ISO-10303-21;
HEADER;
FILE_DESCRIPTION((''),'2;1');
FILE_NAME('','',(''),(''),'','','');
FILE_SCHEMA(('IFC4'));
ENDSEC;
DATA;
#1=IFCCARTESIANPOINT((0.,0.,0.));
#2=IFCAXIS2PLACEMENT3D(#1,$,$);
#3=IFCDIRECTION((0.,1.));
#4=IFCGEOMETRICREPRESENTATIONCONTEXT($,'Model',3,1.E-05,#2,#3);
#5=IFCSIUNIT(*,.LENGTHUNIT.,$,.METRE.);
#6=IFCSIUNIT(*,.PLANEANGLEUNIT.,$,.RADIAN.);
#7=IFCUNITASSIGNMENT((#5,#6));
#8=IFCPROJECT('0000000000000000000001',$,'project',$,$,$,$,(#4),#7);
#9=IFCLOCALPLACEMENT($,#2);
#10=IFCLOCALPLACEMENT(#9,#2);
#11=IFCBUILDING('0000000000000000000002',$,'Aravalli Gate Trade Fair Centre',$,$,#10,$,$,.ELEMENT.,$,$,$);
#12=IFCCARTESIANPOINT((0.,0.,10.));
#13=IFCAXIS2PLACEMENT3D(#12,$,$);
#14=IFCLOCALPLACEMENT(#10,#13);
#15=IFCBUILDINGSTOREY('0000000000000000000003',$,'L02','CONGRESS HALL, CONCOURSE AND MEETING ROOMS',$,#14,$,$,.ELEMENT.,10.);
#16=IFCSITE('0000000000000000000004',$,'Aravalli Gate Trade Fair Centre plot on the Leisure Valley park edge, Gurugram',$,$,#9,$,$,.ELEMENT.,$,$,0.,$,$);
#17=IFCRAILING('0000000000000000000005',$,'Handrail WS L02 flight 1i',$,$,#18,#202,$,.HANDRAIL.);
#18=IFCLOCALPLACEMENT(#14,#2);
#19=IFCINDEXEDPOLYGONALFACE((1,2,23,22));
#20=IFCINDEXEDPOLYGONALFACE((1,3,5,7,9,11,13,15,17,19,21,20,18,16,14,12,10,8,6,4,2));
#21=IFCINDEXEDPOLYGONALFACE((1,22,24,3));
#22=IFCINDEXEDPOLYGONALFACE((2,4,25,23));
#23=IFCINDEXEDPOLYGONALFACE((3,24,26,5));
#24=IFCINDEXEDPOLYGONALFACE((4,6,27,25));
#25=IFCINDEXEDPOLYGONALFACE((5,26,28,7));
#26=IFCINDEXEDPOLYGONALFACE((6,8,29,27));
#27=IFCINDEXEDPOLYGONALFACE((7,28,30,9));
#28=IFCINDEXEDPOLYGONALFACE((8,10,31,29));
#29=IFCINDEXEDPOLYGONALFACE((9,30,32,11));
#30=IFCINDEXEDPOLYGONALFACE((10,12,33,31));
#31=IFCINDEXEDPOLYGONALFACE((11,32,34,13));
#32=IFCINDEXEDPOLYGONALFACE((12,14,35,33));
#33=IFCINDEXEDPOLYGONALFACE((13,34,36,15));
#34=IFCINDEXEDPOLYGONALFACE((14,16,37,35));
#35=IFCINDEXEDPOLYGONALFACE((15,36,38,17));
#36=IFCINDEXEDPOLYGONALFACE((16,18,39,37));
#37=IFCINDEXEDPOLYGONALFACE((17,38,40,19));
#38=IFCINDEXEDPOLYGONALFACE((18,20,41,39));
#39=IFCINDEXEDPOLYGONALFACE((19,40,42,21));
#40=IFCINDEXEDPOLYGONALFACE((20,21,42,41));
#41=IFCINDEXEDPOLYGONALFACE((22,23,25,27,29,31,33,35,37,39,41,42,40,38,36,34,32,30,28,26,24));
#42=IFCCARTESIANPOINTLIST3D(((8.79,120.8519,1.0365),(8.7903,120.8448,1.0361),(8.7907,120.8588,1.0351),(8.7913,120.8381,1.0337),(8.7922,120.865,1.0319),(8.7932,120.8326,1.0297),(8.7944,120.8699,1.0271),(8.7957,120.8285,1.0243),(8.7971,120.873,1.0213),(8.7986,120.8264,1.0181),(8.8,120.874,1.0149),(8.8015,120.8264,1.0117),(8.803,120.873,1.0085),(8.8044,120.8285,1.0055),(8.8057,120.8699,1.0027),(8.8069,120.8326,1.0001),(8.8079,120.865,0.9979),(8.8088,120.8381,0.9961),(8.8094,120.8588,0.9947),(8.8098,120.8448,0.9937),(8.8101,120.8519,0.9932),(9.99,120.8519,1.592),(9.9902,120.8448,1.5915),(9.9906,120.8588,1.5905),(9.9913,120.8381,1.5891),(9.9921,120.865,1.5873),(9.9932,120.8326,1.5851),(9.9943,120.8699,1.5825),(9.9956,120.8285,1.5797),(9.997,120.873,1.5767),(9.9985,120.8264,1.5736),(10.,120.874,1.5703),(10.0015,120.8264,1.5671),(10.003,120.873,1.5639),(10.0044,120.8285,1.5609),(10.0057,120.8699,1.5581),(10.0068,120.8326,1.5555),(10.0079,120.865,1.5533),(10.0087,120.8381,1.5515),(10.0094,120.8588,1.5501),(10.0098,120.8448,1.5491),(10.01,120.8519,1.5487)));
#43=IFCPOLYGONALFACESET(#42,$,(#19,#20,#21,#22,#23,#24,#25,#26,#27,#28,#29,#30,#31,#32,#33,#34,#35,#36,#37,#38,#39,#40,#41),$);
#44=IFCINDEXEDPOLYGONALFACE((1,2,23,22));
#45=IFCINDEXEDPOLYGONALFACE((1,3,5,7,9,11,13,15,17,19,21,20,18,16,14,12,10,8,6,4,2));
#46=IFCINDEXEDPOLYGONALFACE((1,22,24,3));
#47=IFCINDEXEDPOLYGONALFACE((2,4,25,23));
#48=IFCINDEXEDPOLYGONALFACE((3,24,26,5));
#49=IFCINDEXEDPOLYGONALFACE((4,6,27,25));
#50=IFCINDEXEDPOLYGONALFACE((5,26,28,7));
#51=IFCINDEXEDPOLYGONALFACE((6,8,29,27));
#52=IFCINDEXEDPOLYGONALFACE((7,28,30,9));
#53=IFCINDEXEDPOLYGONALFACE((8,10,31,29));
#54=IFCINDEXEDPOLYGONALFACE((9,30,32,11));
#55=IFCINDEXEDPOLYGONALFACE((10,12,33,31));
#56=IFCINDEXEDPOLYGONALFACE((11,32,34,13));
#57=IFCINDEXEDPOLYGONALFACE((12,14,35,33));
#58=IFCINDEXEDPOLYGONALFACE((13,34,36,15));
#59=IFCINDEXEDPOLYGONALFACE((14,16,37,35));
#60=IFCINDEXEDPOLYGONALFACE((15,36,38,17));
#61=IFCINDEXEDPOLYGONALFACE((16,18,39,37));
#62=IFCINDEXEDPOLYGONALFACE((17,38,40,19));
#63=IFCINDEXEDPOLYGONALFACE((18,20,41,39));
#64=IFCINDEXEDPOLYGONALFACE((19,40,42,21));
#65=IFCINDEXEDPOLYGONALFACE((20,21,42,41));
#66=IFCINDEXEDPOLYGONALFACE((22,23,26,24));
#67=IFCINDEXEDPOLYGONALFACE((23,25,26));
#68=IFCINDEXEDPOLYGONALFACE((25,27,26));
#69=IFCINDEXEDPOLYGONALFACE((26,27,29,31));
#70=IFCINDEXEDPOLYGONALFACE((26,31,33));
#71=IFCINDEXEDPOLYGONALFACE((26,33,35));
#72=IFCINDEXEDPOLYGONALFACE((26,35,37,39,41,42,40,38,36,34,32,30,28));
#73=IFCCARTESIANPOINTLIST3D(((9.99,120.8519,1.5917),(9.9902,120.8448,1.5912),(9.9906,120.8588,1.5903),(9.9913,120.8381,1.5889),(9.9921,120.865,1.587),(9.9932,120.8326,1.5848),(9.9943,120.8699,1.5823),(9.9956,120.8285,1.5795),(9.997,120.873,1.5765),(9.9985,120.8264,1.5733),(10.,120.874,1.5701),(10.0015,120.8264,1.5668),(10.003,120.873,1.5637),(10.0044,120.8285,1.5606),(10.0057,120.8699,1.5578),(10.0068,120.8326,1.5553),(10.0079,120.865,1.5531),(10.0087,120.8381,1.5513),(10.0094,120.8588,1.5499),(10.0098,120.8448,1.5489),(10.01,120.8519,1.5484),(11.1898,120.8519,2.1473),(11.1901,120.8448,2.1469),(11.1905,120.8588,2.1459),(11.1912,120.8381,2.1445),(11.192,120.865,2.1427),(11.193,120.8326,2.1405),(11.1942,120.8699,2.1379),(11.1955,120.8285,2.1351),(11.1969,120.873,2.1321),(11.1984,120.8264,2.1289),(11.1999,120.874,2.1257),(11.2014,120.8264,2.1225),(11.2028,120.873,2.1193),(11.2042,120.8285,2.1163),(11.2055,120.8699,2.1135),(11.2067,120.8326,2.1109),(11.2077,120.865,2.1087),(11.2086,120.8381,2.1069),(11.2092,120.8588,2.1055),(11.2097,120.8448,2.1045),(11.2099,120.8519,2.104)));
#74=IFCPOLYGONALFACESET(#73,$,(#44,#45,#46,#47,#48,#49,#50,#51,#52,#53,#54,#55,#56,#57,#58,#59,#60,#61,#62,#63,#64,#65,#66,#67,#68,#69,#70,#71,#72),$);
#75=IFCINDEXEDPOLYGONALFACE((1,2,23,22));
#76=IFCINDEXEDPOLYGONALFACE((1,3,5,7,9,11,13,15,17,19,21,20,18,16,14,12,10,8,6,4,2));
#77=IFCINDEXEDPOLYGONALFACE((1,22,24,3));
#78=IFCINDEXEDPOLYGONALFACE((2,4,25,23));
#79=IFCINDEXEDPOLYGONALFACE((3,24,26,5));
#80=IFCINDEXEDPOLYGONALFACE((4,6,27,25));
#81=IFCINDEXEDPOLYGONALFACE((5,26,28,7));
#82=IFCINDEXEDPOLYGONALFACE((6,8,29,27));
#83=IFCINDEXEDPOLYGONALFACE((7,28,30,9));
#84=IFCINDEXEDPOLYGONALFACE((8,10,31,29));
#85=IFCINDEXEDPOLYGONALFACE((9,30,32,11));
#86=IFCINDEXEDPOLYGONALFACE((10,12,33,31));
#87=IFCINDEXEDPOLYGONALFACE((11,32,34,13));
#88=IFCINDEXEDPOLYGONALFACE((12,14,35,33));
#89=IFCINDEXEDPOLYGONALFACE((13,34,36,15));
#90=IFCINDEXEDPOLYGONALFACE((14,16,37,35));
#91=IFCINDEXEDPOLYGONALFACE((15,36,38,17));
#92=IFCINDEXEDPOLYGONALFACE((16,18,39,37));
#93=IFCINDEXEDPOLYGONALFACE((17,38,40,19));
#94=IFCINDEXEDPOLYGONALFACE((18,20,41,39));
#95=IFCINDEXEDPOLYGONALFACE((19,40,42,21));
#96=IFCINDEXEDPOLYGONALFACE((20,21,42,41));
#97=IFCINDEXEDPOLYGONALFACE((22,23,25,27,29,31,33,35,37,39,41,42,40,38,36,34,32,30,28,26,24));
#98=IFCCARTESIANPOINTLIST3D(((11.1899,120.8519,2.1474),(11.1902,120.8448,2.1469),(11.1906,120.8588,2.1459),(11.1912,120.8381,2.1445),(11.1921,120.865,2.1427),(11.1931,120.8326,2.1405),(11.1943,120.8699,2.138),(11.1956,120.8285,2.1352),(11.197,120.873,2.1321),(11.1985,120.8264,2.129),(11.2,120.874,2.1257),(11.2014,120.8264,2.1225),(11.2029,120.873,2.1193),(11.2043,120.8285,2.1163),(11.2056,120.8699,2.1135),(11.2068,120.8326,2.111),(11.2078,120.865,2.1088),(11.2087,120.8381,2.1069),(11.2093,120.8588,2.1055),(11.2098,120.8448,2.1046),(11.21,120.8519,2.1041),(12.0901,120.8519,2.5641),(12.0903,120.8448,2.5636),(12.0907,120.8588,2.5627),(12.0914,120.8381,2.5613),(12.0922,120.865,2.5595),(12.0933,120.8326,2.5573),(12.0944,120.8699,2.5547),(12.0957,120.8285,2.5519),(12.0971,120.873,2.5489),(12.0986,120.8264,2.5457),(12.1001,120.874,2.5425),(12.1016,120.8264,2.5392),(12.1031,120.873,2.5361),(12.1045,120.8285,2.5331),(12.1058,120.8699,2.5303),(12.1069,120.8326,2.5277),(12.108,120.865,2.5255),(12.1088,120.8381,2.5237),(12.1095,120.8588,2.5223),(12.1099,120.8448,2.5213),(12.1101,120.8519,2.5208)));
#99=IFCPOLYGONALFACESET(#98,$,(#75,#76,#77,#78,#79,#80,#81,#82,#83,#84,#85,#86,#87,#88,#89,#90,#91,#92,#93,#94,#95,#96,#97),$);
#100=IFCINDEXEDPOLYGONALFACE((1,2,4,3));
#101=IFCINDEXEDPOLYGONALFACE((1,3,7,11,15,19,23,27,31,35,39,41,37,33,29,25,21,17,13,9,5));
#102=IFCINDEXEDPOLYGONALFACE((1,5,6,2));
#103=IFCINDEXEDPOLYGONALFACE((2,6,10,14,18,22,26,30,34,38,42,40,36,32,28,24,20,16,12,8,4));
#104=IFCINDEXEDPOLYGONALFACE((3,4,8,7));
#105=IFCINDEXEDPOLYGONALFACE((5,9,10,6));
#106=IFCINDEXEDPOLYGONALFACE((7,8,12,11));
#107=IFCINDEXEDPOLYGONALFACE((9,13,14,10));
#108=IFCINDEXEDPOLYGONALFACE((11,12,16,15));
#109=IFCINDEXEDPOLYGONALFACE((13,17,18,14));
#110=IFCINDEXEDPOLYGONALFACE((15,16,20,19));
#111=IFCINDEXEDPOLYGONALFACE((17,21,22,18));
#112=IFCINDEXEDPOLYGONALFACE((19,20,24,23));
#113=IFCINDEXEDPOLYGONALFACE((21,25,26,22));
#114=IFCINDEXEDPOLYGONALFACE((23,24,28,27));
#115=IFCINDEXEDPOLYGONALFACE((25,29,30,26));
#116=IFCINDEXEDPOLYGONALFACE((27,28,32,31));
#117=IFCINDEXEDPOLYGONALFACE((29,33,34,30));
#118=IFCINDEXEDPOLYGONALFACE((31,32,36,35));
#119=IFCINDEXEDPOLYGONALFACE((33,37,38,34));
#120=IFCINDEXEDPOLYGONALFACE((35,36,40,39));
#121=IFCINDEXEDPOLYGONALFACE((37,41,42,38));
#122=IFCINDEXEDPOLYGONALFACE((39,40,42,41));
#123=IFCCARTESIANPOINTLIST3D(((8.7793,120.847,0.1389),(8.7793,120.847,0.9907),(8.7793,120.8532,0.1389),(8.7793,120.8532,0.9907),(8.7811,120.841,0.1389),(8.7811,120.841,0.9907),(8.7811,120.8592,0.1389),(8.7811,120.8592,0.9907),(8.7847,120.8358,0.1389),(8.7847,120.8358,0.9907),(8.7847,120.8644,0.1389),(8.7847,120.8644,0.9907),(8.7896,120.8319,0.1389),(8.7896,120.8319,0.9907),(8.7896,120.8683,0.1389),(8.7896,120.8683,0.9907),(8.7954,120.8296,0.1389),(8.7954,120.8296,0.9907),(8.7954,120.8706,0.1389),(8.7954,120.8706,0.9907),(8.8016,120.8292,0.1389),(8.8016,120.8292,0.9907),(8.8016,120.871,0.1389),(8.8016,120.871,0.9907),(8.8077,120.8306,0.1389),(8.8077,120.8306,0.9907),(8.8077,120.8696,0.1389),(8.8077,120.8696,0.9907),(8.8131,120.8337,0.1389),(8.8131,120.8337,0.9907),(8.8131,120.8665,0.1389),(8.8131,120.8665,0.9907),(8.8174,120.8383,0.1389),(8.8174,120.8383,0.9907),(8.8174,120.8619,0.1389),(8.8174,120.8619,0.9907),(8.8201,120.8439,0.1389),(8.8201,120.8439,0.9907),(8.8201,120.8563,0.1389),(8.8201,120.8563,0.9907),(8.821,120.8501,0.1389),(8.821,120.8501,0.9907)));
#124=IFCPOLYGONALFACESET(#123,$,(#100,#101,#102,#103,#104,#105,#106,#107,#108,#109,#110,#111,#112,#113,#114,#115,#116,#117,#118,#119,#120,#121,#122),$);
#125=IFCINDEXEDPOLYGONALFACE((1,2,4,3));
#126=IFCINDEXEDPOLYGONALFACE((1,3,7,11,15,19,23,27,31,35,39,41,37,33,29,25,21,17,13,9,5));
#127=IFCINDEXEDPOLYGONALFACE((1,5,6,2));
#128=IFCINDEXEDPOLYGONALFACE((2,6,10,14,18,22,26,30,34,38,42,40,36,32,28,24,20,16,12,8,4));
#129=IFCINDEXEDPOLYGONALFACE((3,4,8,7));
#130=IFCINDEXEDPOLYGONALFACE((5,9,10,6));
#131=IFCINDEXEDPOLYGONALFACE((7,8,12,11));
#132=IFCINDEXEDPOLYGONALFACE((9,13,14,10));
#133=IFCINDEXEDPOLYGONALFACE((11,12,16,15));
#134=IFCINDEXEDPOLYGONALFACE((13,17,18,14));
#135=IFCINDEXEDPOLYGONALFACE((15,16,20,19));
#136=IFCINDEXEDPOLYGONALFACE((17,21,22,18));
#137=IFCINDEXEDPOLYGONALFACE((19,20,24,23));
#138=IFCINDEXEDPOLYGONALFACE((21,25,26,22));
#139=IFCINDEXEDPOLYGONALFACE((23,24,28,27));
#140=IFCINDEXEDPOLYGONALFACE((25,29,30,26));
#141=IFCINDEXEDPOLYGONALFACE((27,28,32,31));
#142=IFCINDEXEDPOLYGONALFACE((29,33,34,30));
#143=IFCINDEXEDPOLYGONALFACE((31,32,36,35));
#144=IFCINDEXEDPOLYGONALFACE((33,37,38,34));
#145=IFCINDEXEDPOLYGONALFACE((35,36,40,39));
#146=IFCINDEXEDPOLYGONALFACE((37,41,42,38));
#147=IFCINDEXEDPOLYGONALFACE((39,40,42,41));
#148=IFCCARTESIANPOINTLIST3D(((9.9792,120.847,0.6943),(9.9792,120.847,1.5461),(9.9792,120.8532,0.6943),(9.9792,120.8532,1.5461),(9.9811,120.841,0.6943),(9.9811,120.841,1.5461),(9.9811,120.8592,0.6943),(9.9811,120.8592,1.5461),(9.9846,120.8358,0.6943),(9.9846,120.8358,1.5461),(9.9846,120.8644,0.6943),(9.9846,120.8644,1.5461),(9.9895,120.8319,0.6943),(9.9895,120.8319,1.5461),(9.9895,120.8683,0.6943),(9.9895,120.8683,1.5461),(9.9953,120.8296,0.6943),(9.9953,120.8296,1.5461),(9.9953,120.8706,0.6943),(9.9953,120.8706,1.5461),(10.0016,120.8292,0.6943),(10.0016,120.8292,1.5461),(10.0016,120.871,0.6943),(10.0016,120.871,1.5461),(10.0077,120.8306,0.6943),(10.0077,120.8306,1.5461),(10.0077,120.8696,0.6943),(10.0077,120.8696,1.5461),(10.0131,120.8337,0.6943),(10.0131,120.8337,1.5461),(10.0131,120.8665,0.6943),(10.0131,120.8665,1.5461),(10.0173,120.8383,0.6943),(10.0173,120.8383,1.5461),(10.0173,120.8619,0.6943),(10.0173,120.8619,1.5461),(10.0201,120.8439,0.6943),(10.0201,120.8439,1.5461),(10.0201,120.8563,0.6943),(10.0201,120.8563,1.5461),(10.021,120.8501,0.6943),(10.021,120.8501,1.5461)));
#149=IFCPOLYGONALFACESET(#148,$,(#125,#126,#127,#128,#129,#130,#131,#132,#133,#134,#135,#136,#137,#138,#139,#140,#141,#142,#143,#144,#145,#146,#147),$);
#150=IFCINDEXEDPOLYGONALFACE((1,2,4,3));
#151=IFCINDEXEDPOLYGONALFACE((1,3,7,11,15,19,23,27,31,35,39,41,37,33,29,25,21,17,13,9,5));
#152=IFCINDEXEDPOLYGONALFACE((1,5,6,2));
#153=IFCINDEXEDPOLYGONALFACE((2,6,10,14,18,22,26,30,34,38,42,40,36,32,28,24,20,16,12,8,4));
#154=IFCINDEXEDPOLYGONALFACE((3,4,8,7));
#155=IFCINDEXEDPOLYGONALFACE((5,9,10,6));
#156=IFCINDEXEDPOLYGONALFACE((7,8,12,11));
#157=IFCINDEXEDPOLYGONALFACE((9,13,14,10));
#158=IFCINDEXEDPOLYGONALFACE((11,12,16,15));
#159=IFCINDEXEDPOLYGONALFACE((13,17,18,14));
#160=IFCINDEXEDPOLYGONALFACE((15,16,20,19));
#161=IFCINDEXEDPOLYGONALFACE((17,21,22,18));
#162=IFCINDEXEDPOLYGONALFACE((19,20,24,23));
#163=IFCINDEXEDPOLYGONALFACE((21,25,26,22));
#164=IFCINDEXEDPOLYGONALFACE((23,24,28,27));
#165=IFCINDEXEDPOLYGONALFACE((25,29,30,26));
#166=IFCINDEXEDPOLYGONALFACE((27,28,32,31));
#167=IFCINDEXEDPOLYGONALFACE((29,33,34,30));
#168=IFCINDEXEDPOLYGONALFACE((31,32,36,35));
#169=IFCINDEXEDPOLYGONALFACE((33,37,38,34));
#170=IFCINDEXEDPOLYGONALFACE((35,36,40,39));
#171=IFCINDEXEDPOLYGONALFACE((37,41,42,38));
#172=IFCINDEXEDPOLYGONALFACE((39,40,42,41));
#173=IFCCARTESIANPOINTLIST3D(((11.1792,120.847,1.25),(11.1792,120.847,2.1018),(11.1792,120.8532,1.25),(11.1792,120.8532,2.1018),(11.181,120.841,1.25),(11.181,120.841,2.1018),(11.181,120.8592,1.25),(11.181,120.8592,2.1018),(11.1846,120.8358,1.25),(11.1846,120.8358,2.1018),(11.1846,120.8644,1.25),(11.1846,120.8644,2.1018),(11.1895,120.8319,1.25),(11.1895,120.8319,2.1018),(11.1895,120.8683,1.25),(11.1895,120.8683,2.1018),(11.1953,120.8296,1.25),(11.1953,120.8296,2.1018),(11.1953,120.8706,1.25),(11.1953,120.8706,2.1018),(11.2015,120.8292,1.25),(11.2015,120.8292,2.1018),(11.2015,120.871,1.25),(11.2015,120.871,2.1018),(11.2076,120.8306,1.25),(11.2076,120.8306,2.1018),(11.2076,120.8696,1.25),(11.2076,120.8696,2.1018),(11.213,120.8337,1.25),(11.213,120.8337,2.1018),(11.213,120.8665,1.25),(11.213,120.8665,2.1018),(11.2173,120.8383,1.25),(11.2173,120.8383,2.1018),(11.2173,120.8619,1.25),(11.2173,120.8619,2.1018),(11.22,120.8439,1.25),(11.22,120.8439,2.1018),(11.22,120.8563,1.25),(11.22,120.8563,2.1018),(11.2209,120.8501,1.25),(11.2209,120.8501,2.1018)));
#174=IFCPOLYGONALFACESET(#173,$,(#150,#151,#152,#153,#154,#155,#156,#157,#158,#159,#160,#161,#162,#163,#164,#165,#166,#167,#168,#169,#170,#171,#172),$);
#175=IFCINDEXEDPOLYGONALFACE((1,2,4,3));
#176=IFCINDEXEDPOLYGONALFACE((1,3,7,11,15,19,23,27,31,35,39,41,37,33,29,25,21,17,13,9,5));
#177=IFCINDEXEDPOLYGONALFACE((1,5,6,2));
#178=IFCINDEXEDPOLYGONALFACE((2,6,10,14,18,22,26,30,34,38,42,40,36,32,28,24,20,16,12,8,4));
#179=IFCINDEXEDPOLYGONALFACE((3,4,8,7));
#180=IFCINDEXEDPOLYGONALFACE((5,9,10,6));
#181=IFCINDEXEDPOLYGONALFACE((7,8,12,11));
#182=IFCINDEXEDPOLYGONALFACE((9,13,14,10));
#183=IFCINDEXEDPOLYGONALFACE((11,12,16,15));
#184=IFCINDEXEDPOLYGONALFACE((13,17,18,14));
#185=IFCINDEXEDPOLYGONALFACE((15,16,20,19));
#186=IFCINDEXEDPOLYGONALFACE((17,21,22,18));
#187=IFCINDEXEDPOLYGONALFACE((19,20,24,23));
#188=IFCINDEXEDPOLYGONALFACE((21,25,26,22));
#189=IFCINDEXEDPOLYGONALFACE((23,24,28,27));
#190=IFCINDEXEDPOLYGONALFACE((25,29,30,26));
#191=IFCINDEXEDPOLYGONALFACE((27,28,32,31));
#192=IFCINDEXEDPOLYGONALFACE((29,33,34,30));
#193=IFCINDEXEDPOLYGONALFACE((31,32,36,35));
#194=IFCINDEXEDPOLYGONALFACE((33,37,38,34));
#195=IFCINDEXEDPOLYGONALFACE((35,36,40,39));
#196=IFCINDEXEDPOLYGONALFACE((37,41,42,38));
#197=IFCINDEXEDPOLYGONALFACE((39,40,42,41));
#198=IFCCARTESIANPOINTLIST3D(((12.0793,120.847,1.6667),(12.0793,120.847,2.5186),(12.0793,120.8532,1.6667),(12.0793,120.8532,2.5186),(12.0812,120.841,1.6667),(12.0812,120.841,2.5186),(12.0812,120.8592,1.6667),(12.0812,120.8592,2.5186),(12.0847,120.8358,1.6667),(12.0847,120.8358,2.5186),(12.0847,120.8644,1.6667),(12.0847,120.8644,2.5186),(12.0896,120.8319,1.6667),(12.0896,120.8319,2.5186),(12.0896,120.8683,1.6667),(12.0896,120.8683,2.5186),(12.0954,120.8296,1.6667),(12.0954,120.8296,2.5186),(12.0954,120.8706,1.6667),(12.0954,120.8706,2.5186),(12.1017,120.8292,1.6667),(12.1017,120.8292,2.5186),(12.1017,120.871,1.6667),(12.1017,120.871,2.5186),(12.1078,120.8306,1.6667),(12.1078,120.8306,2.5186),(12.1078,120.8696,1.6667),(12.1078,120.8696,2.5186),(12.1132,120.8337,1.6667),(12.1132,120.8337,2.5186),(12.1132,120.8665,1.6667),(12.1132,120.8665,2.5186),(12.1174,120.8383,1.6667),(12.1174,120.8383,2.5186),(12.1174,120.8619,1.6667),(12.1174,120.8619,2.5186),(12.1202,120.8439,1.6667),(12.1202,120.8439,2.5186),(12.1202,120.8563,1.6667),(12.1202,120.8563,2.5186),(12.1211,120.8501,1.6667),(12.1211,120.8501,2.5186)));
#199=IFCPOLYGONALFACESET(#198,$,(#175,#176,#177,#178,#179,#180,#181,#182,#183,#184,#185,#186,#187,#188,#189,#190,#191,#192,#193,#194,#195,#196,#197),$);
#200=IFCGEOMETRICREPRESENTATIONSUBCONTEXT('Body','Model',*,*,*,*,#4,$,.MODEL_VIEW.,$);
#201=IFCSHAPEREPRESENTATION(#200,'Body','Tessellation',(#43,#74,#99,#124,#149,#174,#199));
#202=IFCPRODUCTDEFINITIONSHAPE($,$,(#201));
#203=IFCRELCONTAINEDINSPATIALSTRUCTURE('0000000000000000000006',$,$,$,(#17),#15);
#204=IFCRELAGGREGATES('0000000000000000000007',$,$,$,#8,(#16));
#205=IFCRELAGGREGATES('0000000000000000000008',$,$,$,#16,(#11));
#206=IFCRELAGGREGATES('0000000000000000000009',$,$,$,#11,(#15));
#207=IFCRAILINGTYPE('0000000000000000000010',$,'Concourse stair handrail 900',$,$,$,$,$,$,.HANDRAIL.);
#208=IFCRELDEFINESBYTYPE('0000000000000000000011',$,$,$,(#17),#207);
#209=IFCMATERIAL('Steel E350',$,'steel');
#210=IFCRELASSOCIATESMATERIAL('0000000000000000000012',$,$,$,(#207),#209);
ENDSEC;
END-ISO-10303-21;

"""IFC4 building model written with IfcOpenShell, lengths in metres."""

from ifc_helpers import new_model, si_unit, direction, frame, origin, origin_2d, place, context, subcontext, project, spatial, circle, extrude, material, type_object, element, save


model = new_model("IFC4")

# Units and contexts
model_context = context("Model", 3, precision=1e-05, world=origin(), true_north=direction((0.0, 1.0)))
body_context = subcontext(model_context, "Body", "Model", "MODEL_VIEW")
ifc_project = project(units=[si_unit("LENGTHUNIT", "METRE"), si_unit("PLANEANGLEUNIT", "RADIAN")], contexts=[model_context])

# Site, building, storey
site_placement = place(None, origin())
site = spatial("IfcSite", under=ifc_project, at=site_placement, Name="Aravalli Gate Trade Fair Centre plot on the Leisure Valley park edge, Gurugram", CompositionType="ELEMENT", RefElevation=0.0)
building_placement = place(site_placement, origin())
building = spatial("IfcBuilding", under=site, at=building_placement, Name="Aravalli Gate Trade Fair Centre", CompositionType="ELEMENT")
storey_placement = place(building_placement, frame((0.0, 0.0, 10.0)))
storey = spatial("IfcBuildingStorey", under=building, at=storey_placement, Name="L02", Description="CONGRESS HALL, CONCOURSE AND MEETING ROOMS", CompositionType="ELEMENT", Elevation=10.0)

# Shared definitions
ifc_material_1 = material(Name="Steel E350", Category="steel")

# Railing
railing_type_1 = type_object("IfcRailingType", Name="Concourse stair handrail 900", PredefinedType="HANDRAIL", material=ifc_material_1)
railing_1_placement = place(storey_placement, frame((8.8, 120.8501, 0.1389)))
element("IfcRailing", 1, at=railing_1_placement, inside=storey, type_object=railing_type_1, Name="Handrail WS L02 flight 1i", PredefinedType="HANDRAIL", context=body_context, shape_type="SweptSolid", body=[
    extrude(circle(Radius=0.0239, at=origin_2d()), frame((0.0, 0.0, 0.876), z_axis=(0.907499, 0.0, 0.420053), x_axis=(0.0, 1.0, 0.0)), (0.0, 0.0, 1.0), 1.3223),
    extrude(circle(Radius=0.0239, at=origin_2d()), frame((1.2, 0.0, 1.4312), z_axis=(0.907429, 0.0, 0.420205), x_axis=(0.0, 1.0, 0.0)), (0.0, 0.0, 1.0), 1.3223),
    extrude(circle(Radius=0.0239, at=origin_2d()), frame((2.3999, 0.0, 1.9868), z_axis=(0.907462, 0.0, 0.420135), x_axis=(0.0, 1.0, 0.0)), (0.0, 0.0, 1.0), 0.9919),
    extrude(circle(Radius=0.021, at=origin_2d()), origin(), (0.0, 0.0, 1.0), 0.8518),
    extrude(circle(Radius=0.021, at=origin_2d()), frame((1.2, 0.0, 0.5554)), (0.0, 0.0, 1.0), 0.8518),
    extrude(circle(Radius=0.021, at=origin_2d()), frame((2.3999, 0.0, 1.1111)), (0.0, 0.0, 1.0), 0.8518),
    extrude(circle(Radius=0.021, at=origin_2d()), frame((3.3, 0.0, 1.5278)), (0.0, 0.0, 1.0), 0.8518),
])

save(model, "model.ifc")
